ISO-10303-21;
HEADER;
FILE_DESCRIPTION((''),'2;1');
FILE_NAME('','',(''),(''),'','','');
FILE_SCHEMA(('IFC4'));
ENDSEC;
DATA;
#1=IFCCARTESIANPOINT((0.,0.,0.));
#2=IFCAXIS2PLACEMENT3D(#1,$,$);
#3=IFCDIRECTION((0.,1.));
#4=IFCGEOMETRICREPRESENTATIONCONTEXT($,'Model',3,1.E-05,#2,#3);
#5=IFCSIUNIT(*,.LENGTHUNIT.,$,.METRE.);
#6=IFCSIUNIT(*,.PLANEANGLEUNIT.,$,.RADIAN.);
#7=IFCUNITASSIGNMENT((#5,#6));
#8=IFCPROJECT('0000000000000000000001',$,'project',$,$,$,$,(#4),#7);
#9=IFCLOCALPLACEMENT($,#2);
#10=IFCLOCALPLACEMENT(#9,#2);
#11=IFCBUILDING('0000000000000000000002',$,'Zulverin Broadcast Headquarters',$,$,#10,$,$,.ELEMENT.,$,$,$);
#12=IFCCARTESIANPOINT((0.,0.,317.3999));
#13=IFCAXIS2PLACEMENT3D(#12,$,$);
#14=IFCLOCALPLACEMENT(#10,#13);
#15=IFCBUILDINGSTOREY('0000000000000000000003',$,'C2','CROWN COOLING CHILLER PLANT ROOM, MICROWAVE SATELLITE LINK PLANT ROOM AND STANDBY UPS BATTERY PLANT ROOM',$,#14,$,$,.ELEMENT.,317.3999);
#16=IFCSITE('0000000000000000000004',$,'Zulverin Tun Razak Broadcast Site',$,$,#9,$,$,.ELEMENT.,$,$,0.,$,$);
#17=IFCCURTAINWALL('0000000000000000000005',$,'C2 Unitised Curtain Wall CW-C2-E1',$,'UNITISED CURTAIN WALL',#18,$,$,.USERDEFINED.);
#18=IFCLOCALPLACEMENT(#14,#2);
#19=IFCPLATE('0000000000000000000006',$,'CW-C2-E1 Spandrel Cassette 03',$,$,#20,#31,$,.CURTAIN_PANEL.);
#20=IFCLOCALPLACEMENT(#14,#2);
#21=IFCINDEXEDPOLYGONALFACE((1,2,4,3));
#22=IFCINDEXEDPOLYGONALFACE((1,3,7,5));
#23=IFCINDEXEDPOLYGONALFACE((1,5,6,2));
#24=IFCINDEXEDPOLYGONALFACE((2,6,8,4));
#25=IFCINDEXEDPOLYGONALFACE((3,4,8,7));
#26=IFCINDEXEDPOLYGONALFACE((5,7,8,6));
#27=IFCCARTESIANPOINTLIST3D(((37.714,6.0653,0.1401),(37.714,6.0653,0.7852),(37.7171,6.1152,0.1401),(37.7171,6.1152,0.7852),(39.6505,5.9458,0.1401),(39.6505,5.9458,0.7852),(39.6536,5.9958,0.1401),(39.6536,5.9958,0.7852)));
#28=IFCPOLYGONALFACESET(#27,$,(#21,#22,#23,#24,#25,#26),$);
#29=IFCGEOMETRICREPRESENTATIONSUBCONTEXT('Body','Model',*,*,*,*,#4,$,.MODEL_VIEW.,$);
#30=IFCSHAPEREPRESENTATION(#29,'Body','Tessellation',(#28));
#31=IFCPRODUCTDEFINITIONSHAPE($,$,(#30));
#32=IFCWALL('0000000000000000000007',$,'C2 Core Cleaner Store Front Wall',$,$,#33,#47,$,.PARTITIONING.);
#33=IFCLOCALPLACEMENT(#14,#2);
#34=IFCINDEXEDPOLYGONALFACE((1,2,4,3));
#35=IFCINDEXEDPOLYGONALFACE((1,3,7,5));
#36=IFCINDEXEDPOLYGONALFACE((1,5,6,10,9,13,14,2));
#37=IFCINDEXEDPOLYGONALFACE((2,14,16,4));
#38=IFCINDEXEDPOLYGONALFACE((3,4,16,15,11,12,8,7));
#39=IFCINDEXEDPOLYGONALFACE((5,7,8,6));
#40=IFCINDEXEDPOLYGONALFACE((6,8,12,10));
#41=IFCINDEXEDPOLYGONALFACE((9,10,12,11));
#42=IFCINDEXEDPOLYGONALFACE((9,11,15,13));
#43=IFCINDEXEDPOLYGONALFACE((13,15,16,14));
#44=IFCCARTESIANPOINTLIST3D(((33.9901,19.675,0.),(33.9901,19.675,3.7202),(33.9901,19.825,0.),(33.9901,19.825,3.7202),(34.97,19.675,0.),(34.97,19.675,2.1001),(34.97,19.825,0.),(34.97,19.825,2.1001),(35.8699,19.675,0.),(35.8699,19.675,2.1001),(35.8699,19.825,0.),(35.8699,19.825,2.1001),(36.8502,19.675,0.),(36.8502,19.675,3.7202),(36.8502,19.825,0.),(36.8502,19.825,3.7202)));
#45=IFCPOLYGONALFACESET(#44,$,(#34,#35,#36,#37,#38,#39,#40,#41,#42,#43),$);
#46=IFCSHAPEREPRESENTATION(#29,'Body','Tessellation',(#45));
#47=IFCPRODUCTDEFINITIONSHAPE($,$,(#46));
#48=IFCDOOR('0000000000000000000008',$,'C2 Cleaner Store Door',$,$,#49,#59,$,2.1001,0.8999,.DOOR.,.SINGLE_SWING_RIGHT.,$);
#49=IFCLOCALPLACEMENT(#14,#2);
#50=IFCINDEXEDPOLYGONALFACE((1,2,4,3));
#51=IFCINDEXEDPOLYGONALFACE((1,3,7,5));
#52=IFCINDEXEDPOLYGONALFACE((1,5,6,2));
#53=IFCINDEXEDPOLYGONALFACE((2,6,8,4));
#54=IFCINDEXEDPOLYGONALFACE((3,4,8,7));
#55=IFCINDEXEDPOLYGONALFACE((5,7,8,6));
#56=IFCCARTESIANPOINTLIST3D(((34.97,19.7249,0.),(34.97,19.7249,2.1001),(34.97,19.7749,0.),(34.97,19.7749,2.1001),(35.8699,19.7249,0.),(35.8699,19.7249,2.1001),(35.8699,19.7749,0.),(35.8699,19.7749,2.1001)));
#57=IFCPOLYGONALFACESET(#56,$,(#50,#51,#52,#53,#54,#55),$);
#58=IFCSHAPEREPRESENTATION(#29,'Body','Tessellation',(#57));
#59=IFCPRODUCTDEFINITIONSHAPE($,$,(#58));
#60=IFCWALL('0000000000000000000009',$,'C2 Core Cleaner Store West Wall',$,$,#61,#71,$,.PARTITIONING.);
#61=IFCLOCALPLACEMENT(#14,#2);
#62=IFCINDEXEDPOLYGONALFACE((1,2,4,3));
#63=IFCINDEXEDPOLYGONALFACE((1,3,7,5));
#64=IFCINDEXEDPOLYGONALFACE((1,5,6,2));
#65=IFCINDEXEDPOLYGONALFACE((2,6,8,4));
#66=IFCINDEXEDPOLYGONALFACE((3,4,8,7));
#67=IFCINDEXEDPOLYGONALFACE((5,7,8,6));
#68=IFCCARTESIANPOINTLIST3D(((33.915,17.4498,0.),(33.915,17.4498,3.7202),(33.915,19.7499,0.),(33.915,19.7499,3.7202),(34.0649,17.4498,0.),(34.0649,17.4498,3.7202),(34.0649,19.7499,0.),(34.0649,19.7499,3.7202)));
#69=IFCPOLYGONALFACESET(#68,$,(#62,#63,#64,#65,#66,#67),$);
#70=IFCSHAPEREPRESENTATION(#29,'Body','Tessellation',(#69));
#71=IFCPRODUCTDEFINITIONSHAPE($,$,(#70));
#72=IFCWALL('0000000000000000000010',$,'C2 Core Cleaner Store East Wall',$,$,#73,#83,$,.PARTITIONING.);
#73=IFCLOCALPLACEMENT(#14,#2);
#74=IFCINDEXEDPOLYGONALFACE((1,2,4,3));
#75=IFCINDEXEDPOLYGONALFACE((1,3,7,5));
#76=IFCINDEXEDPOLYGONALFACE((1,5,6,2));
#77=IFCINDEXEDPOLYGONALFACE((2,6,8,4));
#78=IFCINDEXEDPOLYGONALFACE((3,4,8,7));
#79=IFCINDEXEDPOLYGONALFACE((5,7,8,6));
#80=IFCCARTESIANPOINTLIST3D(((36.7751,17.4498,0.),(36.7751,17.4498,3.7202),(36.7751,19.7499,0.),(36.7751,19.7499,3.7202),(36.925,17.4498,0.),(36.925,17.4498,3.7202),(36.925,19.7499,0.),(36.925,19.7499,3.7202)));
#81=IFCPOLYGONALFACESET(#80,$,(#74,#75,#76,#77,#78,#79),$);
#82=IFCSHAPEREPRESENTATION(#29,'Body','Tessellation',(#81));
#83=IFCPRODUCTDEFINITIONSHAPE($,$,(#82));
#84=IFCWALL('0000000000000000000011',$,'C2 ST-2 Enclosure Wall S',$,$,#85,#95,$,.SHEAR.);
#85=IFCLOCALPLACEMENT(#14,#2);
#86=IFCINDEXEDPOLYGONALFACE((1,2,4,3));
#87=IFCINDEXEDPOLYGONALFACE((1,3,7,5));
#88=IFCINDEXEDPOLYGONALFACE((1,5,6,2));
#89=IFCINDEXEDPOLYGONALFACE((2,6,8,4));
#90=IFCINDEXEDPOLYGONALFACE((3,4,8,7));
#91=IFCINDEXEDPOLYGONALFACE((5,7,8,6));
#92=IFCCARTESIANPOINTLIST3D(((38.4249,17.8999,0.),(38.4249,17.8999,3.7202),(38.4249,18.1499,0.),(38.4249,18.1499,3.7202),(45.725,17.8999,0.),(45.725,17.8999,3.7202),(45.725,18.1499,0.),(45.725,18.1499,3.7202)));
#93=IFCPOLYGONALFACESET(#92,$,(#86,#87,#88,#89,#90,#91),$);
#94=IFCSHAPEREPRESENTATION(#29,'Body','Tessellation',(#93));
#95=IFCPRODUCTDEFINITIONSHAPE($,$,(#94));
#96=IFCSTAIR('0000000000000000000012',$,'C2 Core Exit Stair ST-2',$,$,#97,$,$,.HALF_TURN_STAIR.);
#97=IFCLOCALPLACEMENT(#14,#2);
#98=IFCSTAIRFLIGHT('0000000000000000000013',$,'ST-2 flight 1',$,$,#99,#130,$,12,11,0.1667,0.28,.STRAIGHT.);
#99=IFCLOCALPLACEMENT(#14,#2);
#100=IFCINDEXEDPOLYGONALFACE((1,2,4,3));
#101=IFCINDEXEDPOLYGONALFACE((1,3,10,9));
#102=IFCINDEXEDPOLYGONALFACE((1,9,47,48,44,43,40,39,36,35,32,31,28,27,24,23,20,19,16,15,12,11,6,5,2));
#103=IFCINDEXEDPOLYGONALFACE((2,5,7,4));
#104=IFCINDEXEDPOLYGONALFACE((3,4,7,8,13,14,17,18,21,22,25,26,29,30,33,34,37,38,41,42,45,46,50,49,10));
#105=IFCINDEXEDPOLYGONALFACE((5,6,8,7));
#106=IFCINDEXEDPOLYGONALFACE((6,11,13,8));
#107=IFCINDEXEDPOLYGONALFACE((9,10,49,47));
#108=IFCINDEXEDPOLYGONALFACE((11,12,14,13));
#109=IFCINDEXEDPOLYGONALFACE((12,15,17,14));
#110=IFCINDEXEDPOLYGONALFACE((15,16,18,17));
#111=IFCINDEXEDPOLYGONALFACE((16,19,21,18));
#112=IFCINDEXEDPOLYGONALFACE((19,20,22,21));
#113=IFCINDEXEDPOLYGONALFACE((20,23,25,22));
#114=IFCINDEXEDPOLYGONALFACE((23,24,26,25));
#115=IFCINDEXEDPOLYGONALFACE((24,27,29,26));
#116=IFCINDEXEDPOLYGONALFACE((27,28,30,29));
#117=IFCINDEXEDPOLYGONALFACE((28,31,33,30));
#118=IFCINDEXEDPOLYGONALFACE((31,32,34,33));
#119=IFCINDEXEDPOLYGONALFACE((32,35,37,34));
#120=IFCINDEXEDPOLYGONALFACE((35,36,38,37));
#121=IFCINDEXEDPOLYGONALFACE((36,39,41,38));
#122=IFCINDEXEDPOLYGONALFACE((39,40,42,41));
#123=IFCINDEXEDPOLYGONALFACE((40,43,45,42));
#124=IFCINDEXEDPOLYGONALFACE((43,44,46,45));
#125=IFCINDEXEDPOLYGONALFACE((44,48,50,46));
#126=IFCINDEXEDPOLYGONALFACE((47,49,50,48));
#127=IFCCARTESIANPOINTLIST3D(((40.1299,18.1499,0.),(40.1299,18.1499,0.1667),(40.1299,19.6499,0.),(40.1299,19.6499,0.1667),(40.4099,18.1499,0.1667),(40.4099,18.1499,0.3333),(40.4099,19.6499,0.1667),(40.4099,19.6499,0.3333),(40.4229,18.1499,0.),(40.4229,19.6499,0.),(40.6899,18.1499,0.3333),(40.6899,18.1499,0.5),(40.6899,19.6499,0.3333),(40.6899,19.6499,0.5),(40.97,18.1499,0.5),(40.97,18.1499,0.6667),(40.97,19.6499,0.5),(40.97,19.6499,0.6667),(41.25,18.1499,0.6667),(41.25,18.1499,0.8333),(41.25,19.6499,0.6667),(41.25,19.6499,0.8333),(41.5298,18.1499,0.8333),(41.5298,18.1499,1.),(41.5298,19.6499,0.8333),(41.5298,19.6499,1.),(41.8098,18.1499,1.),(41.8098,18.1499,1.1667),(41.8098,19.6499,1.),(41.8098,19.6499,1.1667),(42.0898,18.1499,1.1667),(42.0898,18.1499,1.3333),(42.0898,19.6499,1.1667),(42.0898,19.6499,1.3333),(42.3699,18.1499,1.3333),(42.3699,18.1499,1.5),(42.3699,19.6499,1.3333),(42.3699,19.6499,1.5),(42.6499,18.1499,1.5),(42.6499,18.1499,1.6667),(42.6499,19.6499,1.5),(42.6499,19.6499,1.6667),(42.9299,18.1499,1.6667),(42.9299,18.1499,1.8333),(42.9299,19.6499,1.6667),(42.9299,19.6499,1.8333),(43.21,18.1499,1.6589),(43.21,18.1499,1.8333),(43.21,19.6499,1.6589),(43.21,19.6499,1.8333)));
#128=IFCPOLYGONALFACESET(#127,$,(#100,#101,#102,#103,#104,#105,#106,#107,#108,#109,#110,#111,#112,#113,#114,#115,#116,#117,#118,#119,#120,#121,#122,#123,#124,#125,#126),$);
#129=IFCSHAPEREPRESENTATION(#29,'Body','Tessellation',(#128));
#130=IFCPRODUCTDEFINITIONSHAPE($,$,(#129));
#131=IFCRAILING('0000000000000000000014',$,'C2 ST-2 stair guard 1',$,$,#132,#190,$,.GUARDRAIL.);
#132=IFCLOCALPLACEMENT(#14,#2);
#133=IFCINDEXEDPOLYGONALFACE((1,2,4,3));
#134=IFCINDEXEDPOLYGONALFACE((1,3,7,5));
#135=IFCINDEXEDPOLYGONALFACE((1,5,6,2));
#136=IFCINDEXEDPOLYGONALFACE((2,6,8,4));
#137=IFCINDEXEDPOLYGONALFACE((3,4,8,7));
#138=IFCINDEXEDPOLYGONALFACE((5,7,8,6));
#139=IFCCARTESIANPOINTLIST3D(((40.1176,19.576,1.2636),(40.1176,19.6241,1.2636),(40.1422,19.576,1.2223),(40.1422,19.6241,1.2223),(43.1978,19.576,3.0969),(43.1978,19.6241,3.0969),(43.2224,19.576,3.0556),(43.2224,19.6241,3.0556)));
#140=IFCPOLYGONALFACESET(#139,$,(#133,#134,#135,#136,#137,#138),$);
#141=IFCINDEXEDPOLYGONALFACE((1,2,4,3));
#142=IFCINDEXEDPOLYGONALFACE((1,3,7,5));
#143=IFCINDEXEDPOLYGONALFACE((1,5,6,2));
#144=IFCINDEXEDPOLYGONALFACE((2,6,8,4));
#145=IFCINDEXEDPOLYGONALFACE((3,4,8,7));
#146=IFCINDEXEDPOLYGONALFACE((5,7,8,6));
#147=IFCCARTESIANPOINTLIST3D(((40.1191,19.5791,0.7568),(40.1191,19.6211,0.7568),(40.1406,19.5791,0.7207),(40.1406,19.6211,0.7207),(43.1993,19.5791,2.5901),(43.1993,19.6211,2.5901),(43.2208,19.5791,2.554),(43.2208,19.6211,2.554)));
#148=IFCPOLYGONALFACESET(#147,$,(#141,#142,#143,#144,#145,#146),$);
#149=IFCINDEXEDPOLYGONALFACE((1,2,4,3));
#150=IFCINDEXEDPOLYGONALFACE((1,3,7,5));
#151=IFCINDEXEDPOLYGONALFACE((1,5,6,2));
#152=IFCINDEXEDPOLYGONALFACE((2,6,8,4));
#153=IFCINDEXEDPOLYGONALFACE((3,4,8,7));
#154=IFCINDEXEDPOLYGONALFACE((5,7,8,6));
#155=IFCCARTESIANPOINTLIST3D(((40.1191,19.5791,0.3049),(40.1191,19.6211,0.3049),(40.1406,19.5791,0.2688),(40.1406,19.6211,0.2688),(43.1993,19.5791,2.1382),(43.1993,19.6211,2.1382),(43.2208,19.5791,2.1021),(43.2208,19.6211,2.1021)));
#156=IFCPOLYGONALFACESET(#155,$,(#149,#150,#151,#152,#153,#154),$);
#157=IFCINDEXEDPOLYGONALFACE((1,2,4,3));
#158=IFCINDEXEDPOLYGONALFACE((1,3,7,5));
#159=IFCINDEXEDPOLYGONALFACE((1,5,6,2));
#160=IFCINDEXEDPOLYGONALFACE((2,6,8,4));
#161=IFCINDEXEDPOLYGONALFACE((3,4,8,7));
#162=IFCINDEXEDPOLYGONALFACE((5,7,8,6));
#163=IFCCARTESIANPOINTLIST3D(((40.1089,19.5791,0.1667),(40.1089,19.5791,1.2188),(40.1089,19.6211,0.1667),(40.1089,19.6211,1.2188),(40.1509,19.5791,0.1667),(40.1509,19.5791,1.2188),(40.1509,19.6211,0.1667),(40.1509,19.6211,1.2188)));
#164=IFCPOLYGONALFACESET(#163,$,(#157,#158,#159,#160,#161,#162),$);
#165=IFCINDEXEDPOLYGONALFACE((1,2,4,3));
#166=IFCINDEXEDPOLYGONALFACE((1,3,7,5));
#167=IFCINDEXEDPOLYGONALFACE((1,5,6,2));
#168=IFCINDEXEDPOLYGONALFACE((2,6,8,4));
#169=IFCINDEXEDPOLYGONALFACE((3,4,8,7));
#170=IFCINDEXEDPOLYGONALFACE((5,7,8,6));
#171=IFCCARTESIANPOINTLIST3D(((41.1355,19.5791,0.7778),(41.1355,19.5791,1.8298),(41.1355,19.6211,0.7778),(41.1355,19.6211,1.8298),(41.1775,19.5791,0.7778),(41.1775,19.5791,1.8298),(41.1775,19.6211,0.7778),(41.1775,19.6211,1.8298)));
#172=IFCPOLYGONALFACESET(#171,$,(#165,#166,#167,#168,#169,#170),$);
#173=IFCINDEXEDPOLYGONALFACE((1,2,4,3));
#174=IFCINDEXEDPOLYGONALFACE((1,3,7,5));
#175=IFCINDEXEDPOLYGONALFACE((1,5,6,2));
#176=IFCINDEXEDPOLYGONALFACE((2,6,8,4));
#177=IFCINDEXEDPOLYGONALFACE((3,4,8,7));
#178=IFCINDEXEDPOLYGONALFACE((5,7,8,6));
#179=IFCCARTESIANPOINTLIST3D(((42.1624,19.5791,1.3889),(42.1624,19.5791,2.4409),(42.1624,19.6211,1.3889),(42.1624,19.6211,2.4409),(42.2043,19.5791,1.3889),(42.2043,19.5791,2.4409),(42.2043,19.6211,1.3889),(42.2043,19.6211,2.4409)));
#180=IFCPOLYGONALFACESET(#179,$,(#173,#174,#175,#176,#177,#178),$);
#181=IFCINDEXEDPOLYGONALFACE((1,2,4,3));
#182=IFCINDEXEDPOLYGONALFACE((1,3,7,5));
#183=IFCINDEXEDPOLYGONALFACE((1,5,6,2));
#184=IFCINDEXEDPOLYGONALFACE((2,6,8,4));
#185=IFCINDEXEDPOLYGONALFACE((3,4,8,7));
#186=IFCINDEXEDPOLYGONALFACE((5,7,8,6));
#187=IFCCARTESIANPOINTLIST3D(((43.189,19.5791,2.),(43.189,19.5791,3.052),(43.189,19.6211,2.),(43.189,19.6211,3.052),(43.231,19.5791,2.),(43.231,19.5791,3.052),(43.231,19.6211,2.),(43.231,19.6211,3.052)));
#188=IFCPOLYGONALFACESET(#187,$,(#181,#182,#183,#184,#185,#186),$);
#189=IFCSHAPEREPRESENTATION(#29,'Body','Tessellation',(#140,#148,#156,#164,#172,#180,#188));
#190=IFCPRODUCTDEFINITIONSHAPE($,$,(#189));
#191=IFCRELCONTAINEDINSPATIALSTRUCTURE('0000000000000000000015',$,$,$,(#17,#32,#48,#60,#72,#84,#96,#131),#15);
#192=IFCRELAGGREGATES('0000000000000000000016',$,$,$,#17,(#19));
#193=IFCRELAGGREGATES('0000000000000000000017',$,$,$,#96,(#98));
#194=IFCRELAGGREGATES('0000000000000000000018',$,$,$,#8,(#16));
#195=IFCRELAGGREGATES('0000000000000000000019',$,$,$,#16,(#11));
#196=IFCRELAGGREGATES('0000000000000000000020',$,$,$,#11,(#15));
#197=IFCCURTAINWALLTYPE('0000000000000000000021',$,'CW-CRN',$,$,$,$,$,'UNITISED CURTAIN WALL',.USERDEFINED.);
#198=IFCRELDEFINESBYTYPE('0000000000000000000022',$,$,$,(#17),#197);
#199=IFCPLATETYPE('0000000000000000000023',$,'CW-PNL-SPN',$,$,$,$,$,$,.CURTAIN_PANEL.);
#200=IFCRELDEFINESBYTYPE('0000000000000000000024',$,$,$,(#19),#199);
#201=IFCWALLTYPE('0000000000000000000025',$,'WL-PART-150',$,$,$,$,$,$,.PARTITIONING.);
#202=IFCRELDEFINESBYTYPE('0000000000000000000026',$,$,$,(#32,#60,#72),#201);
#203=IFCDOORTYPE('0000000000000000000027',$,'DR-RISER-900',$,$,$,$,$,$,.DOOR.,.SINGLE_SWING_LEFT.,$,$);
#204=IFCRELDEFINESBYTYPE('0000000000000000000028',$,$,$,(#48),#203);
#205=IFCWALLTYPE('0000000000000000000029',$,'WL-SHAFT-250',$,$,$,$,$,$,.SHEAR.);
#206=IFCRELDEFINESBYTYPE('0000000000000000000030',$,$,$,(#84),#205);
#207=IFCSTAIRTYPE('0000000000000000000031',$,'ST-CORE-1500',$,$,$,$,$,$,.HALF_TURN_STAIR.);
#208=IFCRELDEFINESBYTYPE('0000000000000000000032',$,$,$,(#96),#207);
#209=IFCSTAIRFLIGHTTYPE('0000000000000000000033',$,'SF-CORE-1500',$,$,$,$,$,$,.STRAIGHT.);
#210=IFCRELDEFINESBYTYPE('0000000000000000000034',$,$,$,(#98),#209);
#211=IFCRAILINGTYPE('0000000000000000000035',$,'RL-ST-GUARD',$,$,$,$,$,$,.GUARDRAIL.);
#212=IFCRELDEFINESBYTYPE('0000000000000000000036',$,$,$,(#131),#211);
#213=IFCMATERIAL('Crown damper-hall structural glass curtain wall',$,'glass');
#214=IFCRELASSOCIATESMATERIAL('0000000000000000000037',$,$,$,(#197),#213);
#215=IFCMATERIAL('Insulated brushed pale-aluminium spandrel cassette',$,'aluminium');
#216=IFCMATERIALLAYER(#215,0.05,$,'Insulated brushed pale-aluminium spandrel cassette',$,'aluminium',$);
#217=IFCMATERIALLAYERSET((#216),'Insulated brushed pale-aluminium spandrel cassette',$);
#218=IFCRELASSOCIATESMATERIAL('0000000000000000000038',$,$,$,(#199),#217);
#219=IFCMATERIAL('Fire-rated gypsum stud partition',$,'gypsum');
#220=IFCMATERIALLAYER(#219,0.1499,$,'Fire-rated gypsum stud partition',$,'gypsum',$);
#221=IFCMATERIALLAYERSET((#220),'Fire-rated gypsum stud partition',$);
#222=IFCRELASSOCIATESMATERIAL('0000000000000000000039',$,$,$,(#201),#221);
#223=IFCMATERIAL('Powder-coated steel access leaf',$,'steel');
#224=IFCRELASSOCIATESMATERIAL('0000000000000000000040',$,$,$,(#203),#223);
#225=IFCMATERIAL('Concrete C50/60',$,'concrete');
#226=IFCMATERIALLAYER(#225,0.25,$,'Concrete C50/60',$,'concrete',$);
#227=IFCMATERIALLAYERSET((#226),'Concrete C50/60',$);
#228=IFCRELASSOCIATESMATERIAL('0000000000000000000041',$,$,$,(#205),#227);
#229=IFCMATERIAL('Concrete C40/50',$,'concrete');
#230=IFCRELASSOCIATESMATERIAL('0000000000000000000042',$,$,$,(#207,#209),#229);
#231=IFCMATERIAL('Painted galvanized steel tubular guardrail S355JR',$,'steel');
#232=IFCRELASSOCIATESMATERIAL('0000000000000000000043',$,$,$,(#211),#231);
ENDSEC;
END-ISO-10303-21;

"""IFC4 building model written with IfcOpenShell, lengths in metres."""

from ifc_helpers import new_model, si_unit, direction, frame, frame_2d, origin, origin_2d, place, context, subcontext, project, spatial, polyline, rectangle, outline, extrude, material, layer, layer_set, type_object, element, fill, aggregate, save


model = new_model("IFC4")

# Units and contexts
model_context = context("Model", 3, precision=1e-05, world=origin(), true_north=direction((0.0, 1.0)))
body_context = subcontext(model_context, "Body", "Model", "MODEL_VIEW")
ifc_project = project(units=[si_unit("LENGTHUNIT", "METRE"), si_unit("PLANEANGLEUNIT", "RADIAN")], contexts=[model_context])

# Site, building, storey
site_placement = place(None, origin())
site = spatial("IfcSite", under=ifc_project, at=site_placement, Name="Zulverin Tun Razak Broadcast Site", CompositionType="ELEMENT", RefElevation=0.0)
building_placement = place(site_placement, origin())
building = spatial("IfcBuilding", under=site, at=building_placement, Name="Zulverin Broadcast Headquarters", CompositionType="ELEMENT")
storey_placement = place(building_placement, frame((0.0, 0.0, 317.3999)))
storey = spatial("IfcBuildingStorey", under=building, at=storey_placement, Name="C2", Description="CROWN COOLING CHILLER PLANT ROOM, MICROWAVE SATELLITE LINK PLANT ROOM AND STANDBY UPS BATTERY PLANT ROOM", CompositionType="ELEMENT", Elevation=317.3999)

# Shared definitions
ifc_material_1 = material(Name="Concrete C50/60", Category="concrete")

# Curtain wall, plate
ifc_material_2 = material(Name="Crown damper-hall structural glass curtain wall", Category="glass")
curtain_wall_type = type_object("IfcCurtainWallType", Name="CW-CRN", ElementType="UNITISED CURTAIN WALL", PredefinedType="USERDEFINED", material=ifc_material_2)
curtain_wall_placement = place(storey_placement, origin())
curtain_wall = element("IfcCurtainWall", 1, at=curtain_wall_placement, inside=storey, type_object=curtain_wall_type, Name="C2 Unitised Curtain Wall CW-C2-E1", ObjectType="UNITISED CURTAIN WALL", PredefinedType="USERDEFINED")
ifc_material_3 = material(Name="Insulated brushed pale-aluminium spandrel cassette", Category="aluminium")
ifc_layer_1 = layer(ifc_material_3, 0.05, Name="Insulated brushed pale-aluminium spandrel cassette", Category="aluminium")
ifc_layer_set_1 = layer_set([ifc_layer_1], Name="Insulated brushed pale-aluminium spandrel cassette")
plate_type_1 = type_object("IfcPlateType", Name="CW-PNL-SPN", PredefinedType="CURTAIN_PANEL", material=ifc_layer_set_1)
plate_1_placement = place(storey_placement, frame((38.6838, 6.0305, 0.1401), z_axis=(0.0, 0.0, 1.0), x_axis=(0.998103, -0.061571, 0.0)))
plate_1 = element("IfcPlate", 2, at=plate_1_placement, type_object=plate_type_1, Name="CW-C2-E1 Spandrel Cassette 03", PredefinedType="CURTAIN_PANEL", context=body_context, shape_type="SweptSolid", body=[
    extrude(rectangle(XDim=1.9402, YDim=0.05, at=origin_2d()), origin(), (0.0, 0.0, 1.0), 0.645),
])
aggregate(curtain_wall, [plate_1])

# Wall, opening, door
ifc_material_4 = material(Name="Fire-rated gypsum stud partition", Category="gypsum")
ifc_layer_2 = layer(ifc_material_4, 0.1499, Name="Fire-rated gypsum stud partition", Category="gypsum")
ifc_layer_set_2 = layer_set([ifc_layer_2], Name="Fire-rated gypsum stud partition")
wall_type_1 = type_object("IfcWallType", Name="WL-PART-150", PredefinedType="PARTITIONING", material=ifc_layer_set_2)
wall_1_placement = place(storey_placement, frame((33.99, 19.75, 0.0), z_axis=(0.0, 0.0, 1.0), x_axis=(1.0, 0.0, 0.0)))
wall_1 = element("IfcWall", 3, at=wall_1_placement, inside=storey, type_object=wall_type_1, Name="C2 Core Cleaner Store Front Wall", PredefinedType="PARTITIONING", context=body_context, shape_type="SweptSolid", body=[
    extrude(rectangle(XDim=2.8601, YDim=0.1499, at=frame_2d((1.4302, 0.0))), origin(), (0.0, 0.0, 1.0), 3.7202),
])
opening_1_placement = place(wall_1_placement, frame((0.98, 0.0, 0.0)))
opening_1 = element("IfcOpeningElement", 4, at=opening_1_placement, cuts=wall_1, PredefinedType="OPENING", context=body_context, shape_type="SweptSolid", body=[
    extrude(rectangle(XDim=0.8999, YDim=2.1001, at=frame_2d((0.45, 1.05))), frame((0.0, 0.085, 0.0), z_axis=(0.0, -1.0, 0.0), x_axis=(1.0, 0.0, 0.0)), (0.0, 0.0, 1.0), 0.1699),
])
ifc_material_5 = material(Name="Powder-coated steel access leaf", Category="steel")
door_type_1 = type_object("IfcDoorType", Name="DR-RISER-900", OperationType="SINGLE_SWING_LEFT", PredefinedType="DOOR", material=ifc_material_5)
door_1_placement = place(opening_1_placement, origin())
door_1 = element("IfcDoor", 5, at=door_1_placement, inside=storey, type_object=door_type_1, Name="C2 Cleaner Store Door", OperationType="SINGLE_SWING_RIGHT", OverallHeight=2.1001, OverallWidth=0.8999, PredefinedType="DOOR", context=body_context, shape_type="SweptSolid", body=[
    extrude(rectangle(XDim=0.8999, YDim=2.1001, at=frame_2d((0.45, 1.05))), frame((0.0, 0.0249, 0.0), z_axis=(0.0, -1.0, 0.0), x_axis=(1.0, 0.0, 0.0)), (0.0, 0.0, 1.0), 0.05),
])
fill(opening_1, door_1)

# Walls
for number, where, z_axis, x_axis, name in (
    (6, (33.99, 17.45, 0.0), (0.0, 0.0, 1.0), (0.0, 1.0, 0.0), "C2 Core Cleaner Store West Wall"),
    (7, (36.8501, 17.45, 0.0), (0.0, 0.0, 1.0), (0.0, 1.0, 0.0), "C2 Core Cleaner Store East Wall"),
):
    element("IfcWall", number, at=place(storey_placement, frame(where, z_axis=z_axis, x_axis=x_axis)), inside=storey, type_object=wall_type_1, Name=name, PredefinedType="PARTITIONING", context=body_context, shape_type="SweptSolid", body=[
        extrude(rectangle(XDim=2.3, YDim=0.1499, at=frame_2d((1.1499, 0.0))), origin(), (0.0, 0.0, 1.0), 3.7202),
    ])
ifc_layer_3 = layer(ifc_material_1, 0.25, Name="Concrete C50/60", Category="concrete")
ifc_layer_set_3 = layer_set([ifc_layer_3], Name="Concrete C50/60")
wall_type_2 = type_object("IfcWallType", Name="WL-SHAFT-250", PredefinedType="SHEAR", material=ifc_layer_set_3)
wall_2_placement = place(storey_placement, frame((38.425, 18.0249, 0.0), z_axis=(0.0, 0.0, 1.0), x_axis=(1.0, 0.0, 0.0)))
element("IfcWall", 8, at=wall_2_placement, inside=storey, type_object=wall_type_2, Name="C2 ST-2 Enclosure Wall S", PredefinedType="SHEAR", context=body_context, shape_type="SweptSolid", body=[
    extrude(rectangle(XDim=7.3, YDim=0.25, at=frame_2d((3.6499, 0.0))), origin(), (0.0, 0.0, 1.0), 3.7202),
])

# Stair, stair flight
ifc_material_6 = material(Name="Concrete C40/50", Category="concrete")
stair_type = type_object("IfcStairType", Name="ST-CORE-1500", PredefinedType="HALF_TURN_STAIR", material=ifc_material_6)
stair_placement = place(storey_placement, origin())
stair = element("IfcStair", 9, at=stair_placement, inside=storey, type_object=stair_type, Name="C2 Core Exit Stair ST-2", PredefinedType="HALF_TURN_STAIR")
stair_flight_type = type_object("IfcStairFlightType", Name="SF-CORE-1500", PredefinedType="STRAIGHT", material=ifc_material_6)
stair_flight_placement = place(storey_placement, frame((40.1299, 18.8999, 0.0), z_axis=(0.0, 0.0, 1.0), x_axis=(1.0, 0.0, 0.0)))
stair_flight = element("IfcStairFlight", 10, at=stair_flight_placement, type_object=stair_flight_type, Name="ST-2 flight 1", NumberOfRisers=12, NumberOfTreads=11, PredefinedType="STRAIGHT", RiserHeight=0.1667, TreadLength=0.28, context=body_context, shape_type="SweptSolid", body=[
    extrude(outline(polyline([(0.0, 0.0), (0.0, 0.1667), (0.28, 0.1667), (0.28, 0.3333), (0.5601, 0.3333), (0.5601, 0.5), (0.8401, 0.5), (0.8401, 0.6667), (1.1201, 0.6667), (1.1201, 0.8333), (1.3999, 0.8333), (1.3999, 1.0), (1.6799, 1.0), (1.6799, 1.1667), (1.96, 1.1667), (1.96, 1.3333), (2.24, 1.3333), (2.24, 1.5), (2.52, 1.5), (2.52, 1.6667), (2.8, 1.6667), (2.8, 1.8333), (3.0801, 1.8333), (3.0801, 2.0), (3.0801, 1.6589), (0.293, 0.0), (0.0, 0.0)])), frame((0.0, 0.75, 0.0), z_axis=(0.0, -1.0, 0.0), x_axis=(1.0, 0.0, 0.0)), (0.0, 0.0, 1.0), 1.5),
])
aggregate(stair, [stair_flight])

# Railing
ifc_material_7 = material(Name="Painted galvanized steel tubular guardrail S355JR", Category="steel")
railing_type_1 = type_object("IfcRailingType", Name="RL-ST-GUARD", PredefinedType="GUARDRAIL", material=ifc_material_7)
railing_1_placement = place(storey_placement, frame((40.1299, 19.6001, 0.1667)))
element("IfcRailing", 11, at=railing_1_placement, inside=storey, type_object=railing_type_1, Name="C2 ST-2 stair guard 1", PredefinedType="GUARDRAIL", context=body_context, shape_type="SweptSolid", body=[
    extrude(rectangle(XDim=0.0481, YDim=0.0481, at=origin_2d()), frame((0.0, 0.0, 1.0762), z_axis=(0.859309, 0.0, 0.511458), x_axis=(0.0, 1.0, 0.0)), (0.0, 0.0, 1.0), 3.5845),
    extrude(rectangle(XDim=0.042, YDim=0.042, at=origin_2d()), frame((0.0, 0.0, 0.572), z_axis=(0.859309, 0.0, 0.511458), x_axis=(0.0, 1.0, 0.0)), (0.0, 0.0, 1.0), 3.5845),
    extrude(rectangle(XDim=0.042, YDim=0.042, at=origin_2d()), frame((0.0, 0.0, 0.1201), z_axis=(0.859309, 0.0, 0.511458), x_axis=(0.0, 1.0, 0.0)), (0.0, 0.0, 1.0), 3.5845),
    extrude(rectangle(XDim=0.042, YDim=0.042, at=origin_2d()), origin(), (0.0, 0.0, 1.0), 1.052),
    extrude(rectangle(XDim=0.042, YDim=0.042, at=origin_2d()), frame((1.0266, 0.0, 0.6111)), (0.0, 0.0, 1.0), 1.052),
    extrude(rectangle(XDim=0.042, YDim=0.042, at=origin_2d()), frame((2.0535, 0.0, 1.2222)), (0.0, 0.0, 1.0), 1.052),
    extrude(rectangle(XDim=0.042, YDim=0.042, at=origin_2d()), frame((3.0801, 0.0, 1.8333)), (0.0, 0.0, 1.0), 1.052),
])

save(model, "model.ifc")
